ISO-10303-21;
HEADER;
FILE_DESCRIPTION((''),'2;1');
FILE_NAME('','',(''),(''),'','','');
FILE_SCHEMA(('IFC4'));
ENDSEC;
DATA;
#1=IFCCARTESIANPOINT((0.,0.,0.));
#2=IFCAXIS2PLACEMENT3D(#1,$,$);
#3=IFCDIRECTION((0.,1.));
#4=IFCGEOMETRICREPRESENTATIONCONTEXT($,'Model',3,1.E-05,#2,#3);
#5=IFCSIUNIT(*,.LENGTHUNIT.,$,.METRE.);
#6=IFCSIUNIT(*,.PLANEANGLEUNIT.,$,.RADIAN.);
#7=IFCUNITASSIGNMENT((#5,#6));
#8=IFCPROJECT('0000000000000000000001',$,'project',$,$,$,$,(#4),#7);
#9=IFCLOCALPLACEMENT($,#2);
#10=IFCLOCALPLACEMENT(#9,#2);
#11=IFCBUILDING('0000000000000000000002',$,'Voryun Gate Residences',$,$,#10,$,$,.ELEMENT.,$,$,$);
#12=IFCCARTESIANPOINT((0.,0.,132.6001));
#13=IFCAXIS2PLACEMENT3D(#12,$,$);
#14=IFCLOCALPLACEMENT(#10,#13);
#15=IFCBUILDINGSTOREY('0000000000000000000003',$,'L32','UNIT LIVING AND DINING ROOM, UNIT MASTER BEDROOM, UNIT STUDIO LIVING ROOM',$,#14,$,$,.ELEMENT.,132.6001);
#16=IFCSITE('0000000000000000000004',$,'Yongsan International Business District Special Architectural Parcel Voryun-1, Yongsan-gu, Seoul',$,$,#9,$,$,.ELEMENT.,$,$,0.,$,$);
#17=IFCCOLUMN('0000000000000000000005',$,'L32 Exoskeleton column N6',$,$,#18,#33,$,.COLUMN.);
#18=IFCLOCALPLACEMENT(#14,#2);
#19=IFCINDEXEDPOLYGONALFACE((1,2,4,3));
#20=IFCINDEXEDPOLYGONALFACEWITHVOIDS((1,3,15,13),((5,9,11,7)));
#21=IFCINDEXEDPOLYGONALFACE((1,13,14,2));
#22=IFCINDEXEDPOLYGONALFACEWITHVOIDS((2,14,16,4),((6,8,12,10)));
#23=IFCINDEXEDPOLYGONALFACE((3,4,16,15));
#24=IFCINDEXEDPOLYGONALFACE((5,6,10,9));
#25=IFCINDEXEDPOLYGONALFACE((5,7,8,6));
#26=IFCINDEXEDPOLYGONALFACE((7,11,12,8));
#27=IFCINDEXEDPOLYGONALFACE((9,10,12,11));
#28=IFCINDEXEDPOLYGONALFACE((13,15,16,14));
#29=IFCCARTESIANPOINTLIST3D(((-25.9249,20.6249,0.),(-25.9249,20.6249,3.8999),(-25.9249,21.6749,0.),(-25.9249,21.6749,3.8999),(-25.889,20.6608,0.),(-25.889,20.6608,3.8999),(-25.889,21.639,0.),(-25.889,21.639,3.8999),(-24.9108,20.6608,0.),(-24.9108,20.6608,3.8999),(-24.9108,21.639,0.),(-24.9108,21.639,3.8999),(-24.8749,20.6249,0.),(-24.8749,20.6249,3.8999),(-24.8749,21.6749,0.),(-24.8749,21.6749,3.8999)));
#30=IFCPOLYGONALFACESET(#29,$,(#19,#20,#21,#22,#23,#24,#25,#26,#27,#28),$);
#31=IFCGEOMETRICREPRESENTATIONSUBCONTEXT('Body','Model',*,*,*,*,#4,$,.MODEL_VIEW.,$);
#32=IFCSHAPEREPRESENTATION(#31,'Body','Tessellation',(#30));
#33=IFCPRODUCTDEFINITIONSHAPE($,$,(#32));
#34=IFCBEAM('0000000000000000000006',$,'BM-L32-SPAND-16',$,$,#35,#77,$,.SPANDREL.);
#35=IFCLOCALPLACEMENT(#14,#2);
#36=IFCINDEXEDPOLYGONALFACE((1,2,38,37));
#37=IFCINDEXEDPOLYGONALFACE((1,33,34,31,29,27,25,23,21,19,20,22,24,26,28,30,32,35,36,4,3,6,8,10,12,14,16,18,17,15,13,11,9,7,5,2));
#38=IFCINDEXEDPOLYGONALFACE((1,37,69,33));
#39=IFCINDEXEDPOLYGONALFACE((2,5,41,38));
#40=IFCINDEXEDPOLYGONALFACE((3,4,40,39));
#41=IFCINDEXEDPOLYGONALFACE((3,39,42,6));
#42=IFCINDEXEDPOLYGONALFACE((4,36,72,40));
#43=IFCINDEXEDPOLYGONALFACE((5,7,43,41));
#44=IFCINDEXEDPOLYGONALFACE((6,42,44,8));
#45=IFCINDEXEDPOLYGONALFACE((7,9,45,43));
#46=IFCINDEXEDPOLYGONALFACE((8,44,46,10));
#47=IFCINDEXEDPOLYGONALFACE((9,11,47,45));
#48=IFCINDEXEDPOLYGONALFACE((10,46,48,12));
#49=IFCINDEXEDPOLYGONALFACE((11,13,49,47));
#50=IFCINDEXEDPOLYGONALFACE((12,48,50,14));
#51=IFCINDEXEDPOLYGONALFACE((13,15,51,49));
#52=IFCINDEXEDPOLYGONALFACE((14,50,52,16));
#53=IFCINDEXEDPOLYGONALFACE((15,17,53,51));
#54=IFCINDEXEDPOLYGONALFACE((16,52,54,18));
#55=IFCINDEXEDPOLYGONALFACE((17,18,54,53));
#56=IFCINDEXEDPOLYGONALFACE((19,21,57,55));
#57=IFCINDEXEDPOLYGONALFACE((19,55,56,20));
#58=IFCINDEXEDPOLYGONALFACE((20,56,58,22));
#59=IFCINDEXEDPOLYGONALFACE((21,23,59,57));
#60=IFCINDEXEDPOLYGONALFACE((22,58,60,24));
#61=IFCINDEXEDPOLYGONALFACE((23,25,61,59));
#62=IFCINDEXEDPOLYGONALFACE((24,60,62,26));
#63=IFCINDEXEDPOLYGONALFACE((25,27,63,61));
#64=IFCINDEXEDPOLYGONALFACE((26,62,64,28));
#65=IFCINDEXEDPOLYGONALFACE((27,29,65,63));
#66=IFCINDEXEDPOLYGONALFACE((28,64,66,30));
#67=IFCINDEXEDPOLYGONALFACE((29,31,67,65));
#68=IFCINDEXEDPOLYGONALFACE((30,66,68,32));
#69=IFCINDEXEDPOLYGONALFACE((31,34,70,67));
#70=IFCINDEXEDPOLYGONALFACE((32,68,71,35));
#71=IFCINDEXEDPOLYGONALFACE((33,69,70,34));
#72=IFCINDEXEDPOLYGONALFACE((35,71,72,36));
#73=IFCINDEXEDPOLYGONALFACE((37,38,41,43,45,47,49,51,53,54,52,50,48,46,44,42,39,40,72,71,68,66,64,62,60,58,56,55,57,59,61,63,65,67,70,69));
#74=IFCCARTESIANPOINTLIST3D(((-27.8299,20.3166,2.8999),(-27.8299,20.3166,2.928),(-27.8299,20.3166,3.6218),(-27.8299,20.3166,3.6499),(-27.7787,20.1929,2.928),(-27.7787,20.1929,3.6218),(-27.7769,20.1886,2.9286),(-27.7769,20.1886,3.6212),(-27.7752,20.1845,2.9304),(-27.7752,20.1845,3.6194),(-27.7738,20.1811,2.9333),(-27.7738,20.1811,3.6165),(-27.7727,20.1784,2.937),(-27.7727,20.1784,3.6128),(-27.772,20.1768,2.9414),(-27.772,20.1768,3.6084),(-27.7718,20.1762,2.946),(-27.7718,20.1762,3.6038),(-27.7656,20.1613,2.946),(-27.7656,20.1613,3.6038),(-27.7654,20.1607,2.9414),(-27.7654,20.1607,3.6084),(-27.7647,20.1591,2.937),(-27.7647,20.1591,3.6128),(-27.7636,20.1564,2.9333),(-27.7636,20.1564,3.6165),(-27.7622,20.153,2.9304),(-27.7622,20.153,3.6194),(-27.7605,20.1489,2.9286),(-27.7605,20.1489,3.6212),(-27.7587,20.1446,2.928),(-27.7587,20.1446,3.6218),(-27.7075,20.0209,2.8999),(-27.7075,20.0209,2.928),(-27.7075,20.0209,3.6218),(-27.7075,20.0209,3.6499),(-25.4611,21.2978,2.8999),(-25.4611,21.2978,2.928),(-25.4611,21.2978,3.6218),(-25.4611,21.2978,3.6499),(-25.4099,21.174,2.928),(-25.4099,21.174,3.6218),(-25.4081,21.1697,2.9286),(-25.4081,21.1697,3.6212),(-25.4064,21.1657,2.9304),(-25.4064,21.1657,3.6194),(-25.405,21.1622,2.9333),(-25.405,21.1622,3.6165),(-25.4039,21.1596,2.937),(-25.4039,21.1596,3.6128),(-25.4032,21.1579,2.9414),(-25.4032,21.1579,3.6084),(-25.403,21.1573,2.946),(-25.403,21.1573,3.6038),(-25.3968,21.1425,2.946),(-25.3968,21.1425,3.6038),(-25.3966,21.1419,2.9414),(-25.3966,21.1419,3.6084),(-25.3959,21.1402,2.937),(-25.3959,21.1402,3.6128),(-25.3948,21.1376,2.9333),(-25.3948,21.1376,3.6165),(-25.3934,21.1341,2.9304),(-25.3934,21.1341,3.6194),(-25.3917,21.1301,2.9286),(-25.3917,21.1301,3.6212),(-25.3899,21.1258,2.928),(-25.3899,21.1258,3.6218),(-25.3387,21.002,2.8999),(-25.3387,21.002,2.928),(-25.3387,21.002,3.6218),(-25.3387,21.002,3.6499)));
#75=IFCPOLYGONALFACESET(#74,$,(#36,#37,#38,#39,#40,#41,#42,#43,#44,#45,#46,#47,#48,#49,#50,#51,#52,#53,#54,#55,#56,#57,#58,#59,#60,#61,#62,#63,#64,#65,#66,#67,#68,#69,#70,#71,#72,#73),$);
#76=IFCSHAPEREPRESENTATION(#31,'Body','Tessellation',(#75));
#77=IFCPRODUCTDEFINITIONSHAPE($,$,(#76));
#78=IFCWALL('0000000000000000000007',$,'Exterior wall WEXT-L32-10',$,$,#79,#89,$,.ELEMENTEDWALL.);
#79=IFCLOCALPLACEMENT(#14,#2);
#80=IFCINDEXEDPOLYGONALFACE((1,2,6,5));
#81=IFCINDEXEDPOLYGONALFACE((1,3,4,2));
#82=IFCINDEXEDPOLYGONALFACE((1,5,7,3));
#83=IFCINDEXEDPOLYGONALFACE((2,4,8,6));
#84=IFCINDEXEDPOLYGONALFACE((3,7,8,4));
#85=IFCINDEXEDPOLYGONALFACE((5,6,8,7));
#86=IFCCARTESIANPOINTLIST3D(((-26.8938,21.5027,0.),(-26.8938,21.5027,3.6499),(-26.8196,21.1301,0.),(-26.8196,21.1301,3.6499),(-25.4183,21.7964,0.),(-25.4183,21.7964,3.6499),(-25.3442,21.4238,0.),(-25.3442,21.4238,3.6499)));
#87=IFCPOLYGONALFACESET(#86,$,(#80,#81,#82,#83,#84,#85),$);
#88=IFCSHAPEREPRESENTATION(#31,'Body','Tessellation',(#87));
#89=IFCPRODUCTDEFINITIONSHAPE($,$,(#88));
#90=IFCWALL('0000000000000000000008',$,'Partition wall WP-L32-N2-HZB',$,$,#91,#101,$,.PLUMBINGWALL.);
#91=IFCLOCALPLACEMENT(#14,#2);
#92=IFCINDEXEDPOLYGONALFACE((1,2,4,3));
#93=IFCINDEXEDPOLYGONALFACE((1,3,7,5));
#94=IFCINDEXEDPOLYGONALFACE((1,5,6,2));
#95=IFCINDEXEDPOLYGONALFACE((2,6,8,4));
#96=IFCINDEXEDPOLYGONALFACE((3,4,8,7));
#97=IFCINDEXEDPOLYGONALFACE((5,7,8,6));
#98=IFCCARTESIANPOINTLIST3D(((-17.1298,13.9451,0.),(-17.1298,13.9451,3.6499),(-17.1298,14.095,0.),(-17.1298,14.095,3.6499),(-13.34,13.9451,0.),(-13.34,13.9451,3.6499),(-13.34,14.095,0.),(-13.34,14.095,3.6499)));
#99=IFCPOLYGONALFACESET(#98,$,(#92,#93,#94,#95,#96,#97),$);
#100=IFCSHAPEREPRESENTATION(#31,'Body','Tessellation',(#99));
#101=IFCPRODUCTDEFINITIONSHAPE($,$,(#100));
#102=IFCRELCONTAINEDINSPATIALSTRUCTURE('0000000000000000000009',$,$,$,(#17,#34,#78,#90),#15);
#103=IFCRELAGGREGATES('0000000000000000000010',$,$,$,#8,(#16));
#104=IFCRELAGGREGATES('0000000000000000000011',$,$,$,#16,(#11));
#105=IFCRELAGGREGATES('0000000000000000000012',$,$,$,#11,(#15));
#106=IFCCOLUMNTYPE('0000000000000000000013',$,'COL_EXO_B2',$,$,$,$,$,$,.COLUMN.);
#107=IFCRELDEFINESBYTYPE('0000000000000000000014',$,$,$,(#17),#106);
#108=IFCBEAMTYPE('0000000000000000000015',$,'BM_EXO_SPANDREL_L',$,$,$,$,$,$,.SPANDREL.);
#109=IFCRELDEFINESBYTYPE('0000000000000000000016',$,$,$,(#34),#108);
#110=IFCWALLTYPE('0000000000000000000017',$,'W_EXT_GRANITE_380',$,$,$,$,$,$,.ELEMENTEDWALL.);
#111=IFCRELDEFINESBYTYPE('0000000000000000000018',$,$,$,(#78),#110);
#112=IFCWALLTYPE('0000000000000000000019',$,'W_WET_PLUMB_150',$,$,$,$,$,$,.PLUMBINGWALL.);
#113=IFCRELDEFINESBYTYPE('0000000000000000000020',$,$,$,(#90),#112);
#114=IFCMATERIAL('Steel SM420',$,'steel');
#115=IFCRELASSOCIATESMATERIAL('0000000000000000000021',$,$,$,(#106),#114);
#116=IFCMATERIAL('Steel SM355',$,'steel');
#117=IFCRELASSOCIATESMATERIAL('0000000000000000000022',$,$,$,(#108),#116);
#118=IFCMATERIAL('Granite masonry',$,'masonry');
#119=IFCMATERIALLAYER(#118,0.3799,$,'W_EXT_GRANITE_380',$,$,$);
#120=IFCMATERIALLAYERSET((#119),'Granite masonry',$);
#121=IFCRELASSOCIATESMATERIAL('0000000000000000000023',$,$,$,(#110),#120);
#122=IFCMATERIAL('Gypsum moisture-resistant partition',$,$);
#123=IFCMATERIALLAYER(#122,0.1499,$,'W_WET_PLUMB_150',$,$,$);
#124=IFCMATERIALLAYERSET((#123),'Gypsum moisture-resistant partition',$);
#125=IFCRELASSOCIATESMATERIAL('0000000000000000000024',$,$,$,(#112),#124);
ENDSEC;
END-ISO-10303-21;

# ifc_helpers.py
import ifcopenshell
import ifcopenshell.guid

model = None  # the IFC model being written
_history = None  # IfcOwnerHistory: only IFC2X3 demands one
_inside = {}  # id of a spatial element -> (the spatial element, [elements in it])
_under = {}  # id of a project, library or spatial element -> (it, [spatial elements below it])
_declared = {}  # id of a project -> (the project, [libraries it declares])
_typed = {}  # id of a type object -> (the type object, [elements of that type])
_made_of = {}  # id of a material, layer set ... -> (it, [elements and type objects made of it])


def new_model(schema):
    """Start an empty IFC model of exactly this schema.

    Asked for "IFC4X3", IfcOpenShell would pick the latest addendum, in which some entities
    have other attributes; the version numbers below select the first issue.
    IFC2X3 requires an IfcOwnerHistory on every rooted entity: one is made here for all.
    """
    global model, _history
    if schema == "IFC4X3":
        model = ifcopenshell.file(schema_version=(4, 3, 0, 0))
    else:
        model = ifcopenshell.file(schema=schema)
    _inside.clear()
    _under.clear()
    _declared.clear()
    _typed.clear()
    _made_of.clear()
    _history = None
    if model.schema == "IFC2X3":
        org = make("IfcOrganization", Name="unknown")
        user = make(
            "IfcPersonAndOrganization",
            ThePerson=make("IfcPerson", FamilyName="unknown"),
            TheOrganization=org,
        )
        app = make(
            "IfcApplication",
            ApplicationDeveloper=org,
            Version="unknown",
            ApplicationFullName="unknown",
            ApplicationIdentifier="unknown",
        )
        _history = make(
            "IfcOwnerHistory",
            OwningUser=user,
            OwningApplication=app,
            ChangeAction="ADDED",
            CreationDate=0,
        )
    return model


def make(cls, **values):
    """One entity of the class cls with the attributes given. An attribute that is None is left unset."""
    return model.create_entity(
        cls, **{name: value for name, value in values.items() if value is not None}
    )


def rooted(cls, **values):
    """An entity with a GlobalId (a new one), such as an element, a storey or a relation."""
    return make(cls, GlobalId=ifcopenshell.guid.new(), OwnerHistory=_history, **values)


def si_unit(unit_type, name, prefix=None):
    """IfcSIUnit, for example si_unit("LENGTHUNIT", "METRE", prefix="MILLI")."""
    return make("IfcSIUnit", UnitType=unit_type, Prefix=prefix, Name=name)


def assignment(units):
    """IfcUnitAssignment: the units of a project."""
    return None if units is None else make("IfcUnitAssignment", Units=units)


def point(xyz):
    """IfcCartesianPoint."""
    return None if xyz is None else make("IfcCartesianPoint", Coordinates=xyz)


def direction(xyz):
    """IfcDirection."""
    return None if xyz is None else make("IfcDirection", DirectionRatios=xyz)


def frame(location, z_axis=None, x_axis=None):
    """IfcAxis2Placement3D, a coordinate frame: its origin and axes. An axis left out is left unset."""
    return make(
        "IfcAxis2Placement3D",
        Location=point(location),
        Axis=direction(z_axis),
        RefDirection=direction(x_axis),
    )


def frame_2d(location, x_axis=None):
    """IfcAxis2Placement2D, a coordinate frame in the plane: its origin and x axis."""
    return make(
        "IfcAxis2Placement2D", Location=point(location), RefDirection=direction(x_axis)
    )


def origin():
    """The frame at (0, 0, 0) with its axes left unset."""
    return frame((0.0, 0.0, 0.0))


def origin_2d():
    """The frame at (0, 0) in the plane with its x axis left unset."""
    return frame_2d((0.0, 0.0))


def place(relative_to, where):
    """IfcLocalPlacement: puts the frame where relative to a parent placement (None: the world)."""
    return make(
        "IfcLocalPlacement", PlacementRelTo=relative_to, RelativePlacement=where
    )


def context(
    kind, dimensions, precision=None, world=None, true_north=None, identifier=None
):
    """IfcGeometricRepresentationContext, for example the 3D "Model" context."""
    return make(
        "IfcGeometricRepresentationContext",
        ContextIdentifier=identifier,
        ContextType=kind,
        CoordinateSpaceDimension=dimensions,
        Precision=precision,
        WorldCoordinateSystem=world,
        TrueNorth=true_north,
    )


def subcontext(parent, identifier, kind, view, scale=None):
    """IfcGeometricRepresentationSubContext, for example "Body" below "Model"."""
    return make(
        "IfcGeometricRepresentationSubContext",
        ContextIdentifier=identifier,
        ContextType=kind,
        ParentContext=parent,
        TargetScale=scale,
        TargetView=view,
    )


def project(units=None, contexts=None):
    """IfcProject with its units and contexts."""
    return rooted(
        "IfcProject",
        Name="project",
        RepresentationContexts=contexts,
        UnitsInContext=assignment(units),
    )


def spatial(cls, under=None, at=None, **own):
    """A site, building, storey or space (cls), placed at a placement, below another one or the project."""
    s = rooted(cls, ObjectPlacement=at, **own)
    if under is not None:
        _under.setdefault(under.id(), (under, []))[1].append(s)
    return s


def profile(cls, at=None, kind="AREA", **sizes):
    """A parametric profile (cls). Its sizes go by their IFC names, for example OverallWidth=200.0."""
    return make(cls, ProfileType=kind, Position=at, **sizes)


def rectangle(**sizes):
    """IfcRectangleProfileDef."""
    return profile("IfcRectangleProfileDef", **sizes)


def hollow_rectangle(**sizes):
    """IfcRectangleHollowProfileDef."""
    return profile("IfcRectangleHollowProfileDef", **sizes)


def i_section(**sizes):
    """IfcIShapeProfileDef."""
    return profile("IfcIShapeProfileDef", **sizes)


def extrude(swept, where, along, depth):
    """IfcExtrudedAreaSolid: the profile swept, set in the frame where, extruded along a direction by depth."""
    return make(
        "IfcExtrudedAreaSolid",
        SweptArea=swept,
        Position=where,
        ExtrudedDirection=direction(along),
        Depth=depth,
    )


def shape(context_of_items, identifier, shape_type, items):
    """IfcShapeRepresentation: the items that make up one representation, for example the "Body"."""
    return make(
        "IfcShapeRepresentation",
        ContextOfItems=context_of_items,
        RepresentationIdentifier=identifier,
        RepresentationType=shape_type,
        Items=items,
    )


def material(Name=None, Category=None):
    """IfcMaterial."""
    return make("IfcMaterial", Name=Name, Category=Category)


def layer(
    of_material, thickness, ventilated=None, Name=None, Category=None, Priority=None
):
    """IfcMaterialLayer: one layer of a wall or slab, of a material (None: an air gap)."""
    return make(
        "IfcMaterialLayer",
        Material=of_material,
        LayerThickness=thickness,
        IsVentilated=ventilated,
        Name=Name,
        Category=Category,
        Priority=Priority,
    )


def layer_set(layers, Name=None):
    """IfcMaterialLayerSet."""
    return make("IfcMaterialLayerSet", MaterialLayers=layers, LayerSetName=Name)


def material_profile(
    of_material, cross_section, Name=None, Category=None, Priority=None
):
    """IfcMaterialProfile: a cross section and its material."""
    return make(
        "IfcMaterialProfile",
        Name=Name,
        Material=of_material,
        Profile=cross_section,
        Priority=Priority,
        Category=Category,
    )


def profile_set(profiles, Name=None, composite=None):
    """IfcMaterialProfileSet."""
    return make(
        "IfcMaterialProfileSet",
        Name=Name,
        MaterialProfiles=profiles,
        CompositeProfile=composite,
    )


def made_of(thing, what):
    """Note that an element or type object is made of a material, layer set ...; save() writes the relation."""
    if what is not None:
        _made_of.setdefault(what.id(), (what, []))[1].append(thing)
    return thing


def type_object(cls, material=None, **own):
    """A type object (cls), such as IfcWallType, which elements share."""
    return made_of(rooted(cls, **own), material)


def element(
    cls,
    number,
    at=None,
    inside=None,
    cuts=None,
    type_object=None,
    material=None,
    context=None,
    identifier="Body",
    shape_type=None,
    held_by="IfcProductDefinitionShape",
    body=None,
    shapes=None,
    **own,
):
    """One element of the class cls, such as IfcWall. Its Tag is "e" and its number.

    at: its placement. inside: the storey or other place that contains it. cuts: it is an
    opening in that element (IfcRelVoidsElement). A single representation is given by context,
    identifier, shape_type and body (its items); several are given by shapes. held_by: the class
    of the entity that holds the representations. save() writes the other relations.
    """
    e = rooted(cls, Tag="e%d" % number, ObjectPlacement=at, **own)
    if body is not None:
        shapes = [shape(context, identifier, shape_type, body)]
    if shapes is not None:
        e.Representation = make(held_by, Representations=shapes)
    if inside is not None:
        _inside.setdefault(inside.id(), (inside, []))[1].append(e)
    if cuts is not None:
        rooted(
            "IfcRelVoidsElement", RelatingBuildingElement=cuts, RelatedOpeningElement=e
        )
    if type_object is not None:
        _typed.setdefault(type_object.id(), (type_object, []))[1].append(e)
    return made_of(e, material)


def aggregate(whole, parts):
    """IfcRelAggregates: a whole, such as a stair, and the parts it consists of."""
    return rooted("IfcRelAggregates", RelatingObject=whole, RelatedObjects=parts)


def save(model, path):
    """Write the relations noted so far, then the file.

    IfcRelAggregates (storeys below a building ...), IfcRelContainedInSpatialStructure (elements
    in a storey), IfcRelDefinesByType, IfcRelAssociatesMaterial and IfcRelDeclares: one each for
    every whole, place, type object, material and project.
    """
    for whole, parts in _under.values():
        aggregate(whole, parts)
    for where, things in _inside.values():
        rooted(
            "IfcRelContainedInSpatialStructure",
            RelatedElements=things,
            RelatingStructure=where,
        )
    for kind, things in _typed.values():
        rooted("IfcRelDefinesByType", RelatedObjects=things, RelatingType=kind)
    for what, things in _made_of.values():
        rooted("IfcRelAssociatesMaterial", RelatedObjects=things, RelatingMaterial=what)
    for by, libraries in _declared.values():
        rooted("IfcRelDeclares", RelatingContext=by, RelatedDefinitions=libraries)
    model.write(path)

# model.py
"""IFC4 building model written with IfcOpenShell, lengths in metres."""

from ifc_helpers import new_model, si_unit, direction, frame, frame_2d, origin, origin_2d, place, context, subcontext, project, spatial, rectangle, hollow_rectangle, i_section, extrude, material, layer, layer_set, material_profile, profile_set, type_object, element, save


model = new_model("IFC4")

# Units and contexts
model_context = context("Model", 3, precision=1e-05, world=origin(), true_north=direction((0.0, 1.0)))
body_context = subcontext(model_context, "Body", "Model", "MODEL_VIEW")
ifc_project = project(units=[si_unit("LENGTHUNIT", "METRE"), si_unit("PLANEANGLEUNIT", "RADIAN")], contexts=[model_context])

# Site, building, storey
site_placement = place(None, origin())
site = spatial("IfcSite", under=ifc_project, at=site_placement, Name="Yongsan International Business District Special Architectural Parcel Voryun-1, Yongsan-gu, Seoul", CompositionType="ELEMENT", RefElevation=0.0)
building_placement = place(site_placement, origin())
building = spatial("IfcBuilding", under=site, at=building_placement, Name="Voryun Gate Residences", CompositionType="ELEMENT")
storey_placement = place(building_placement, frame((0.0, 0.0, 132.6001)))
storey = spatial("IfcBuildingStorey", under=building, at=storey_placement, Name="L32", Description="UNIT LIVING AND DINING ROOM, UNIT MASTER BEDROOM, UNIT STUDIO LIVING ROOM", CompositionType="ELEMENT", Elevation=132.6001)

# Column
ifc_material_1 = material(Name="Steel SM420", Category="steel")
ifc_material_profile_1 = material_profile(ifc_material_1, hollow_rectangle(XDim=1.05, YDim=1.05, WallThickness=0.0359, at=origin_2d()), Name="BOX-1050x1050x36")
ifc_profile_set_1 = profile_set([ifc_material_profile_1], Name="Steel SM420")
column_type = type_object("IfcColumnType", Name="COL_EXO_B2", PredefinedType="COLUMN", material=ifc_profile_set_1)
column_placement = place(storey_placement, frame((-25.3999, 21.1499, 0.0), z_axis=(0.0, 0.0, 1.0), x_axis=(1.0, 0.0, 0.0)))
element("IfcColumn", 1, at=column_placement, inside=storey, type_object=column_type, Name="L32 Exoskeleton column N6", PredefinedType="COLUMN", context=body_context, shape_type="SweptSolid", body=[
    extrude(hollow_rectangle(XDim=1.05, YDim=1.05, WallThickness=0.0359, at=origin_2d()), origin(), (0.0, 0.0, 1.0), 3.8999),
])

# Beam
ifc_material_2 = material(Name="Steel SM355", Category="steel")
ifc_material_profile_2 = material_profile(ifc_material_2, i_section(OverallWidth=0.3201, OverallDepth=0.75, WebThickness=0.0161, FlangeThickness=0.0281, FilletRadius=0.0181, at=origin_2d()), Name="H-750x320x16x28")
ifc_profile_set_2 = profile_set([ifc_material_profile_2], Name="Steel SM355")
beam_type = type_object("IfcBeamType", Name="BM_EXO_SPANDREL_L", PredefinedType="SPANDREL", material=ifc_profile_set_2)
beam_placement = place(storey_placement, frame((-25.3999, 21.1499, 3.2749), z_axis=(-0.923883, -0.382674, 0.0), x_axis=(0.382674, -0.923883, 0.0)))
element("IfcBeam", 2, at=beam_placement, inside=storey, type_object=beam_type, Name="BM-L32-SPAND-16", PredefinedType="SPANDREL", context=body_context, shape_type="SweptSolid", body=[
    extrude(i_section(OverallWidth=0.3201, OverallDepth=0.75, WebThickness=0.0161, FlangeThickness=0.0281, FilletRadius=0.0181, at=origin_2d()), origin(), (0.0, 0.0, 1.0), 2.564),
])

# Wall
ifc_material_3 = material(Name="Granite masonry", Category="masonry")
ifc_layer_1 = layer(ifc_material_3, 0.3799, Name="W_EXT_GRANITE_380")
ifc_layer_set_1 = layer_set([ifc_layer_1], Name="Granite masonry")
wall_type_1 = type_object("IfcWallType", Name="W_EXT_GRANITE_380", PredefinedType="ELEMENTEDWALL", material=ifc_layer_set_1)
wall_1_placement = place(storey_placement, frame((-26.8567, 21.3164, 0.0), z_axis=(0.0, 0.0, 1.0), x_axis=(0.980755, 0.195242, 0.0)))
element("IfcWall", 3, at=wall_1_placement, inside=storey, type_object=wall_type_1, Name="Exterior wall WEXT-L32-10", PredefinedType="ELEMENTEDWALL", context=body_context, shape_type="SweptSolid", body=[
    extrude(rectangle(XDim=1.5044, YDim=0.3799, at=frame_2d((0.7522, 0.0))), origin(), (0.0, 0.0, 1.0), 3.6499),
])

# Wall
ifc_material_4 = material(Name="Gypsum moisture-resistant partition")
ifc_layer_2 = layer(ifc_material_4, 0.1499, Name="W_WET_PLUMB_150")
ifc_layer_set_2 = layer_set([ifc_layer_2], Name="Gypsum moisture-resistant partition")
wall_type_2 = type_object("IfcWallType", Name="W_WET_PLUMB_150", PredefinedType="PLUMBINGWALL", material=ifc_layer_set_2)
wall_2_placement = place(storey_placement, frame((-17.1299, 14.02, 0.0), z_axis=(0.0, 0.0, 1.0), x_axis=(1.0, 0.0, 0.0)))
element("IfcWall", 4, at=wall_2_placement, inside=storey, type_object=wall_type_2, Name="Partition wall WP-L32-N2-HZB", PredefinedType="PLUMBINGWALL", context=body_context, shape_type="SweptSolid", body=[
    extrude(rectangle(XDim=3.7898, YDim=0.1499, at=frame_2d((1.895, 0.0))), origin(), (0.0, 0.0, 1.0), 3.6499),
])

save(model, "model.ifc")
